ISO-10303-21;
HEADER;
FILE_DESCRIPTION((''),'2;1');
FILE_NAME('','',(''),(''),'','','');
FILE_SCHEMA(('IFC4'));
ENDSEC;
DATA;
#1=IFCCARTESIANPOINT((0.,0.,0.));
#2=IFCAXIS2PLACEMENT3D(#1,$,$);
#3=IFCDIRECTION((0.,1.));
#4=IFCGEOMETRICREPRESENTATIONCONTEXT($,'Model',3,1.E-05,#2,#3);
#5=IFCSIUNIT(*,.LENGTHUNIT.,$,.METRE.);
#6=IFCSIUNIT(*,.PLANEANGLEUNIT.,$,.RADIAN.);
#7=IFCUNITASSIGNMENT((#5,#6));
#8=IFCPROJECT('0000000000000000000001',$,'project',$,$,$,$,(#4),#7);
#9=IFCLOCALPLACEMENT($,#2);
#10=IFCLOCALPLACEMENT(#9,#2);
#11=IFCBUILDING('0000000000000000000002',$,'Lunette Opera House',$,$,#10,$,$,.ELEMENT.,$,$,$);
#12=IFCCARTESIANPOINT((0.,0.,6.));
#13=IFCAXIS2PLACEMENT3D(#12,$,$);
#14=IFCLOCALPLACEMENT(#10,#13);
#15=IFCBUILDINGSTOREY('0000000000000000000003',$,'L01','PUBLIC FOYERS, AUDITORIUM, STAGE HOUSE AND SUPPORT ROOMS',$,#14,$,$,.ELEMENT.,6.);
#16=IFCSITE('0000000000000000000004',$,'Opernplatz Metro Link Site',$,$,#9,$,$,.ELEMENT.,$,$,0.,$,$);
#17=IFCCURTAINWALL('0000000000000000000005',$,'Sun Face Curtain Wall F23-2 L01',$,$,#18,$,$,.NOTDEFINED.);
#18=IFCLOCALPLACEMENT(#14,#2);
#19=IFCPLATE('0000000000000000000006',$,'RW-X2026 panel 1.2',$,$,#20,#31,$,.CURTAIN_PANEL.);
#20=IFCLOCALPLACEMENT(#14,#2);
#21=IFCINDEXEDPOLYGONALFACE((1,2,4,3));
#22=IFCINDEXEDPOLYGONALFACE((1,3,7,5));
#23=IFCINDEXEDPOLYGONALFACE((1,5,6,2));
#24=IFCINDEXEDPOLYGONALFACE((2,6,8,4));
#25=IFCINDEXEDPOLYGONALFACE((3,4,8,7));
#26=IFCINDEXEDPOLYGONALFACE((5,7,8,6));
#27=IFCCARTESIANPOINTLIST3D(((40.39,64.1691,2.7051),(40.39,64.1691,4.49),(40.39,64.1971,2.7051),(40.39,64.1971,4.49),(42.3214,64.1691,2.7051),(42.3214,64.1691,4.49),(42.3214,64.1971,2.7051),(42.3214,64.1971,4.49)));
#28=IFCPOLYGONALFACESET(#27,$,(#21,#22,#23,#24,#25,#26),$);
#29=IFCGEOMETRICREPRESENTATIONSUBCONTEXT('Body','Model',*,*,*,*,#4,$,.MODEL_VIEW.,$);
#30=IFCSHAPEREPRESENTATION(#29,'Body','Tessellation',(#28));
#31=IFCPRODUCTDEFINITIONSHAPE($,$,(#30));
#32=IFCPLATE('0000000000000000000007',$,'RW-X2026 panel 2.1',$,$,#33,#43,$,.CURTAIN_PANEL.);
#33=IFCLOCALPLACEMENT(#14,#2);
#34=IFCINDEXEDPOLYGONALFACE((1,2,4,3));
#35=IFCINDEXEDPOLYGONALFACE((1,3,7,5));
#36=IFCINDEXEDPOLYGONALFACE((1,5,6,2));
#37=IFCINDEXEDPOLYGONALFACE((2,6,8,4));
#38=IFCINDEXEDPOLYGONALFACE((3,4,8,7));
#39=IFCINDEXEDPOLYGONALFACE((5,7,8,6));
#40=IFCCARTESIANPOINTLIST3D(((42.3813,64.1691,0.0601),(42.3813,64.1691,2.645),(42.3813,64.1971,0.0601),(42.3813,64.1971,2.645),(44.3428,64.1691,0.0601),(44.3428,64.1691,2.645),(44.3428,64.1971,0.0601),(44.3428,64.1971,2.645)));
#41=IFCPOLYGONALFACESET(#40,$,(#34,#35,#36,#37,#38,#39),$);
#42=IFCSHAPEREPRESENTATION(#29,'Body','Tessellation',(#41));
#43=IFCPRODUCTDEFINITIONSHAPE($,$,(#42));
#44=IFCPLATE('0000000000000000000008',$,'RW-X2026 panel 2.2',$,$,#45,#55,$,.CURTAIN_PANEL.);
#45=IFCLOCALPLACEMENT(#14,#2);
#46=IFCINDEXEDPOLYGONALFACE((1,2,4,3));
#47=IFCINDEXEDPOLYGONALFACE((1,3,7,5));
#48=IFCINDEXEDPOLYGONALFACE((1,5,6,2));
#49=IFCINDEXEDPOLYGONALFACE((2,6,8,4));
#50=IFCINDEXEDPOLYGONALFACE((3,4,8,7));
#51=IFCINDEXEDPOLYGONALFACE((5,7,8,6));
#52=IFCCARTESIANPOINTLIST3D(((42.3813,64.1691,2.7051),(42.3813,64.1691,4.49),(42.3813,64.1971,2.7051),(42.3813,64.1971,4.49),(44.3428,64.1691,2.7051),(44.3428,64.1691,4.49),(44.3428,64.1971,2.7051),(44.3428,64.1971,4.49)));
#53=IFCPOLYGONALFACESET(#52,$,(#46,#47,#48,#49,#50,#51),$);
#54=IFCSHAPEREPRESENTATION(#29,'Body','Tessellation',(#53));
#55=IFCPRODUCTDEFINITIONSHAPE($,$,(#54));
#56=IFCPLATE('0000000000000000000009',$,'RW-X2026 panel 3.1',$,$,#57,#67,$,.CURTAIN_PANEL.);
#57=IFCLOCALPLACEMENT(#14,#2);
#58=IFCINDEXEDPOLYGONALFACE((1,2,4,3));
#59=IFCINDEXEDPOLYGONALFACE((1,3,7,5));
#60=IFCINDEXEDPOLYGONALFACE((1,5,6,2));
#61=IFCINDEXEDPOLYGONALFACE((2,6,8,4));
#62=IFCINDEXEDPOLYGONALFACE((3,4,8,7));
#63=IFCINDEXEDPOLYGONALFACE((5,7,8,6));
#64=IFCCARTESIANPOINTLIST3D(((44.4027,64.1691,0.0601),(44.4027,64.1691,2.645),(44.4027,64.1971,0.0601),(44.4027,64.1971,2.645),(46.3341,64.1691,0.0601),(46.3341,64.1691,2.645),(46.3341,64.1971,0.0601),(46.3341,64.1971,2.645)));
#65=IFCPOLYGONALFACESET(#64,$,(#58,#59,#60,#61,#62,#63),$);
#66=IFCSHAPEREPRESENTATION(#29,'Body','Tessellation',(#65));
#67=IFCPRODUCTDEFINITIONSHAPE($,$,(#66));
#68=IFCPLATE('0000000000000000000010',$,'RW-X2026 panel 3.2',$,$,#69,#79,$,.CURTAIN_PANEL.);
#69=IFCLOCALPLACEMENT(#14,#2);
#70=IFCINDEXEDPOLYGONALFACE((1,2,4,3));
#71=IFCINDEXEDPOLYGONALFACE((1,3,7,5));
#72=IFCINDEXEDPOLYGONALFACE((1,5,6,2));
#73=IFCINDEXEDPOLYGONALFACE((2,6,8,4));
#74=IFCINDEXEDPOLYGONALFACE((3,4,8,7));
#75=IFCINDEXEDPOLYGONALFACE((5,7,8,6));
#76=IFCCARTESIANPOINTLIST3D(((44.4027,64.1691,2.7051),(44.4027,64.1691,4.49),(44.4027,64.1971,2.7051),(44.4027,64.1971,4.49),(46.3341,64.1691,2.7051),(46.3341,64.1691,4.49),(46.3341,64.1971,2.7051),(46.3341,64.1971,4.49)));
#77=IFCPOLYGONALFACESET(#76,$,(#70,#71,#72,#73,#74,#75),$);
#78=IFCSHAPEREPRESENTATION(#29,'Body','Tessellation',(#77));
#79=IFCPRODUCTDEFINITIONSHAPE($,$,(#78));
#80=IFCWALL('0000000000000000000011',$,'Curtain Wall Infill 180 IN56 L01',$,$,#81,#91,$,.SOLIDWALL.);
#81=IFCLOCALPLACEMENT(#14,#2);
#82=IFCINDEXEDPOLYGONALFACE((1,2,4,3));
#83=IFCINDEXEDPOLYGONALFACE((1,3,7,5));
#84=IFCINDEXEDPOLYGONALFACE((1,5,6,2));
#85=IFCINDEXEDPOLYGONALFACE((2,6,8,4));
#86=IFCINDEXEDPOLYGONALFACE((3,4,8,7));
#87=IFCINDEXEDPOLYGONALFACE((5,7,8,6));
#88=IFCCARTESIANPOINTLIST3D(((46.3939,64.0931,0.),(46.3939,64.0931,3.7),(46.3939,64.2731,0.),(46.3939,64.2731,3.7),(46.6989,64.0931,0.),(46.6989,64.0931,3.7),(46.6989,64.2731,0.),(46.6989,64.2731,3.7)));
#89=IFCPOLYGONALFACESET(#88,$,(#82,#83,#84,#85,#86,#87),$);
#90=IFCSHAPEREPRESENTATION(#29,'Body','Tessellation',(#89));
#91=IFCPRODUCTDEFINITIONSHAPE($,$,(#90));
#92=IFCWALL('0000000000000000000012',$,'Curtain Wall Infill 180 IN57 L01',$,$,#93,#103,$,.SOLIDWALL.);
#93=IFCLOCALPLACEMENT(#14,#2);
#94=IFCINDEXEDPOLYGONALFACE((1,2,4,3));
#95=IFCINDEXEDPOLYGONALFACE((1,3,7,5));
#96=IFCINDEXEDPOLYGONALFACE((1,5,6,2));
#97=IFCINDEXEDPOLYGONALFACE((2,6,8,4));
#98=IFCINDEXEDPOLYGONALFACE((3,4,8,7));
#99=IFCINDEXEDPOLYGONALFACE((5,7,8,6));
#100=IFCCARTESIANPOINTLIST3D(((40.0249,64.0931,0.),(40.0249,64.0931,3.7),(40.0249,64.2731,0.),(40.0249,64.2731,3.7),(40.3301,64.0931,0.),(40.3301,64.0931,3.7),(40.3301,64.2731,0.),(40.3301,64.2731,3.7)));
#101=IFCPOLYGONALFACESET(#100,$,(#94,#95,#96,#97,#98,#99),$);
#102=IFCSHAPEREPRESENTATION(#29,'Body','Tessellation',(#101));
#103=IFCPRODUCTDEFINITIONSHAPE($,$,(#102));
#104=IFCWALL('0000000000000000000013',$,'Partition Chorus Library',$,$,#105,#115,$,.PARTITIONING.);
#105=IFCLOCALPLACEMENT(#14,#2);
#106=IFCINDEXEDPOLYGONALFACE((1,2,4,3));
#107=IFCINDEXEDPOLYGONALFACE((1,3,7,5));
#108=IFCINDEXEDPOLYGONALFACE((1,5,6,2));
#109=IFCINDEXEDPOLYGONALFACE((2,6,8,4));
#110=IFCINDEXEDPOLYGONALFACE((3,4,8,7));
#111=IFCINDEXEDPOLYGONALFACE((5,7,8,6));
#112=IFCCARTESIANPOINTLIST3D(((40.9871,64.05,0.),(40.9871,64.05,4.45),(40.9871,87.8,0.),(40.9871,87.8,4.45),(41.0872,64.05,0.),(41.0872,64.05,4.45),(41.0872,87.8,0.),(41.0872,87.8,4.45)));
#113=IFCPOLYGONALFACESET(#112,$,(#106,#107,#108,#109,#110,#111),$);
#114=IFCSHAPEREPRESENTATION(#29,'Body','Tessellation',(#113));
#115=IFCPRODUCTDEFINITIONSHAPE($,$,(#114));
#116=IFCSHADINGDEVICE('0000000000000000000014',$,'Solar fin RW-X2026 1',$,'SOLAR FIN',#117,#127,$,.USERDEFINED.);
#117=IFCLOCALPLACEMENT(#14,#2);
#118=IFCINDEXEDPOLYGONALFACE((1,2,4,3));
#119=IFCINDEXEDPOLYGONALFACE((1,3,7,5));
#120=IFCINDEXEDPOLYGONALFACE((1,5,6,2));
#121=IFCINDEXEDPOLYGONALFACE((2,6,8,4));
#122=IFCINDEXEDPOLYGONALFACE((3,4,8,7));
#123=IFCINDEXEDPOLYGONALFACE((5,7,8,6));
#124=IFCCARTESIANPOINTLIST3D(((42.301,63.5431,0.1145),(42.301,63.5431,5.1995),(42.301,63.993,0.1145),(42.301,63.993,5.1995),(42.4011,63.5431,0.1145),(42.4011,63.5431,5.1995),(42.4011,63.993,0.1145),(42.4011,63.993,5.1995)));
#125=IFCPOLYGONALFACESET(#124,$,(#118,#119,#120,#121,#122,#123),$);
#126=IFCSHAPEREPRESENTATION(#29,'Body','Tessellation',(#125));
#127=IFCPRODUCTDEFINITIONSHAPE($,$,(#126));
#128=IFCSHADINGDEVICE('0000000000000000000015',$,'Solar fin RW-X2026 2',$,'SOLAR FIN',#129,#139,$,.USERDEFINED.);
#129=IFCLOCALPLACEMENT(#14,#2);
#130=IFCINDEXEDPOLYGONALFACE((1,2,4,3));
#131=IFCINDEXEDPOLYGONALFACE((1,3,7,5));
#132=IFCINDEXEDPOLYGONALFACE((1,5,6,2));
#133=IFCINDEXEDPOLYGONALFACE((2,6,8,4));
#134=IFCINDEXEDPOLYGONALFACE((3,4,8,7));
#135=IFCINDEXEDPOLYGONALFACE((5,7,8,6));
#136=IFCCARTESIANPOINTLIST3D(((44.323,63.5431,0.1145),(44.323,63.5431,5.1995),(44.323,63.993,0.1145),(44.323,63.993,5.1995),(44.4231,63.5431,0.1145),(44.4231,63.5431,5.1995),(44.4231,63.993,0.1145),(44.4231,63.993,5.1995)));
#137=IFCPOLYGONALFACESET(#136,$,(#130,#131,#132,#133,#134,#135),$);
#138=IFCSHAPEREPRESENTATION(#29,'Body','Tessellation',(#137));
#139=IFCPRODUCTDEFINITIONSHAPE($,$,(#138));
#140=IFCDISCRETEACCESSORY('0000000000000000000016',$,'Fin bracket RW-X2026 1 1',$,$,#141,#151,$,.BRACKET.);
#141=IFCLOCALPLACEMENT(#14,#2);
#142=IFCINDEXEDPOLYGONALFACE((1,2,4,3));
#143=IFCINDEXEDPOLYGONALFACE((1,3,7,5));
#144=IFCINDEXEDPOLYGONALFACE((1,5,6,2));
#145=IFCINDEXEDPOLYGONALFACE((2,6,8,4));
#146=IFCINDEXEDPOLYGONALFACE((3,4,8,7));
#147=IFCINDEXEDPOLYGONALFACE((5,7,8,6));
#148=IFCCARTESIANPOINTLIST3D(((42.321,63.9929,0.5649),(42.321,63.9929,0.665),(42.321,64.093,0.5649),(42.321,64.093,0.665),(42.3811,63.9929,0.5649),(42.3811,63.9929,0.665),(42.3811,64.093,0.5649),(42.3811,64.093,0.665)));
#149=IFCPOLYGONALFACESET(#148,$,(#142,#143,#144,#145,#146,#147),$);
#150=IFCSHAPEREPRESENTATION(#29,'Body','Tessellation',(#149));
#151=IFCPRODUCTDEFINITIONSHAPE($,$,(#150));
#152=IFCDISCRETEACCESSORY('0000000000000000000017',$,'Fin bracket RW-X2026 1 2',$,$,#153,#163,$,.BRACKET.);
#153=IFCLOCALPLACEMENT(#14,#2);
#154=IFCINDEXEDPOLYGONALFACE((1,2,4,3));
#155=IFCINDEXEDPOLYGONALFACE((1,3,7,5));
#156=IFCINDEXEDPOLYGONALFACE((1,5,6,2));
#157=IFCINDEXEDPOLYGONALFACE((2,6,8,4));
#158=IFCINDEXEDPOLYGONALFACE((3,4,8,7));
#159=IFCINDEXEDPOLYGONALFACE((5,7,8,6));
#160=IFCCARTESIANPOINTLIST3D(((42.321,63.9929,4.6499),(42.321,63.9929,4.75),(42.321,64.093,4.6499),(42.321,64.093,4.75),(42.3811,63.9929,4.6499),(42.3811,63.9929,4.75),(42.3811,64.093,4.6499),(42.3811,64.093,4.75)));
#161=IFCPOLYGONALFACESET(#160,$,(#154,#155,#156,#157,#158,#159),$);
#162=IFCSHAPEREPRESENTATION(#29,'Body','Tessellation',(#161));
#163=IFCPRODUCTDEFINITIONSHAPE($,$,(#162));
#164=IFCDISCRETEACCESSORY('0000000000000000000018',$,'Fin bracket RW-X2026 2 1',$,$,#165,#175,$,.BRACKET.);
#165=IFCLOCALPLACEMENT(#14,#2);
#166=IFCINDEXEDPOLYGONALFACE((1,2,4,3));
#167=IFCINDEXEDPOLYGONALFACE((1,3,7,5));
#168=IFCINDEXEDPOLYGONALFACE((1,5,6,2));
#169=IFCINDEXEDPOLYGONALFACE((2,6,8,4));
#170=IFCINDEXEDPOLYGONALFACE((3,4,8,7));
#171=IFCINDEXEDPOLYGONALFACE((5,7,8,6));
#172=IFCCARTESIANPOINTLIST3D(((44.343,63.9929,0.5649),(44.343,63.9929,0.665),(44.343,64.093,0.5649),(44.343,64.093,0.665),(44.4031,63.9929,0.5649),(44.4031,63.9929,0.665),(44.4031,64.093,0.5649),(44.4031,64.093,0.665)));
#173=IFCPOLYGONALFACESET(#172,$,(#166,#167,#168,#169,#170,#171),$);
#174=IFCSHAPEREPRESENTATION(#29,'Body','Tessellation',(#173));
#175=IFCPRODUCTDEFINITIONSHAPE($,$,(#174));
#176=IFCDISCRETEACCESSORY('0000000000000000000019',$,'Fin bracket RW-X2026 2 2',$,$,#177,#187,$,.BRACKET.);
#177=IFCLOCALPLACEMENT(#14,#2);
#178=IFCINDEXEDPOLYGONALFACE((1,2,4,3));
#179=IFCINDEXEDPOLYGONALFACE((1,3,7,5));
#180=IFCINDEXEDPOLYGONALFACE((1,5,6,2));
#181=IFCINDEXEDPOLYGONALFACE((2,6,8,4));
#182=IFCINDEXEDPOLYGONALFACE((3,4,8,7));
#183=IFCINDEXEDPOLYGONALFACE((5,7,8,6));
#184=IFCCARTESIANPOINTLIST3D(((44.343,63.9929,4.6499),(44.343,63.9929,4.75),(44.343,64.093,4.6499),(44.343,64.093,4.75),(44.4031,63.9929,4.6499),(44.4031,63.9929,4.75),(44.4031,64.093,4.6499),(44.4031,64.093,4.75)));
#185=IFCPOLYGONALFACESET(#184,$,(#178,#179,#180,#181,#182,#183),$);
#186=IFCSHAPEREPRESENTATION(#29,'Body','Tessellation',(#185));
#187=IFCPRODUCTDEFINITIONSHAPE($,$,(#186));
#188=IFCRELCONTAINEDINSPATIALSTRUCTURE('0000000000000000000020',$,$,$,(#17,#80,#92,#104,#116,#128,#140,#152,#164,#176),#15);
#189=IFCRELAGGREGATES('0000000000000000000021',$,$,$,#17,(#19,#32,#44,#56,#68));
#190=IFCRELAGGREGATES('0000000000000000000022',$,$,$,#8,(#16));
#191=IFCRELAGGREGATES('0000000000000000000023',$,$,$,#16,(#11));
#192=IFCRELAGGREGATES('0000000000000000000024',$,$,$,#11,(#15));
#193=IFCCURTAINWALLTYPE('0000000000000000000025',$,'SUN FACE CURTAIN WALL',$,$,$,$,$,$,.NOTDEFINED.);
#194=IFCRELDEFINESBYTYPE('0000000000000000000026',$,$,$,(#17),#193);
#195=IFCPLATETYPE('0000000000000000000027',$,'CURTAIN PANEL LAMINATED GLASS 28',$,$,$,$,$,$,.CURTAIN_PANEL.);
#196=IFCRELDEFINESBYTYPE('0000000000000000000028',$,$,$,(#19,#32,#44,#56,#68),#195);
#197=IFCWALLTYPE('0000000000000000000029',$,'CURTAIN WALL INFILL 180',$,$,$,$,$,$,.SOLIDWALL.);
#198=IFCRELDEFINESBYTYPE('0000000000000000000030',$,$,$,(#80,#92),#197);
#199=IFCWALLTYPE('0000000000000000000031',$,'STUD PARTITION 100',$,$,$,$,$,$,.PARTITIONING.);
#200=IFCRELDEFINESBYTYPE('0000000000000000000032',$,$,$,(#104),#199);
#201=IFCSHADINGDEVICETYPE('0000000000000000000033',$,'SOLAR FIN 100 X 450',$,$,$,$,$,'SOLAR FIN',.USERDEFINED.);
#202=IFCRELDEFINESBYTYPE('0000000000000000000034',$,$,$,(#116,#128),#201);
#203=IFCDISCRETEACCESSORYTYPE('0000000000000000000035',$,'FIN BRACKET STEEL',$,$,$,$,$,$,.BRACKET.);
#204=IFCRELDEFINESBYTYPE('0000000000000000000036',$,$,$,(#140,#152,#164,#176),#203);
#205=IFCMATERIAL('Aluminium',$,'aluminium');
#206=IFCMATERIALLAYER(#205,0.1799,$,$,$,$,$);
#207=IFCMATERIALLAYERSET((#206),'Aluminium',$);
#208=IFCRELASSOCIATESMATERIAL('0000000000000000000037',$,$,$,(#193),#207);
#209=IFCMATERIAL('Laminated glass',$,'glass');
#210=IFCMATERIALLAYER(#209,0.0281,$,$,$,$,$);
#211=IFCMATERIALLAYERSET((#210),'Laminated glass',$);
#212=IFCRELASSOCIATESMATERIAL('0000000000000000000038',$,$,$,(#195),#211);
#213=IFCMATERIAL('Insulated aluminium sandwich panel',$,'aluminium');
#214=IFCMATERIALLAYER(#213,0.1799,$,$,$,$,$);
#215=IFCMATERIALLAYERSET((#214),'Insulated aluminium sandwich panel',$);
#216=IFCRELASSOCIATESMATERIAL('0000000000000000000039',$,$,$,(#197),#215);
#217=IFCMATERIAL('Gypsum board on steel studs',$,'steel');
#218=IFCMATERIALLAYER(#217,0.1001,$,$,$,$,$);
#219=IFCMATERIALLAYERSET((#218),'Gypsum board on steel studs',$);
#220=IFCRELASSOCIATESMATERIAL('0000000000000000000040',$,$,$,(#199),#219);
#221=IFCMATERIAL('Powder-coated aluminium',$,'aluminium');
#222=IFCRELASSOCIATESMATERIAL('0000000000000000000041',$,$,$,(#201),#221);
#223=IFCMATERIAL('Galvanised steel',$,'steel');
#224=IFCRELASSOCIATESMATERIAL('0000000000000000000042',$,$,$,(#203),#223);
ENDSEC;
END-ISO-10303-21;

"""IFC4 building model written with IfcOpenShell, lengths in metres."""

from ifc_helpers import new_model, si_unit, direction, frame, frame_2d, origin, origin_2d, place, context, subcontext, project, spatial, rectangle, extrude, material, layer, layer_set, type_object, element, aggregate, save


model = new_model("IFC4")

# Units and contexts
model_context = context("Model", 3, precision=1e-05, world=origin(), true_north=direction((0.0, 1.0)))
body_context = subcontext(model_context, "Body", "Model", "MODEL_VIEW")
ifc_project = project(units=[si_unit("LENGTHUNIT", "METRE"), si_unit("PLANEANGLEUNIT", "RADIAN")], contexts=[model_context])

# Site, building, storey
site_placement = place(None, origin())
site = spatial("IfcSite", under=ifc_project, at=site_placement, Name="Opernplatz Metro Link Site", CompositionType="ELEMENT", RefElevation=0.0)
building_placement = place(site_placement, origin())
building = spatial("IfcBuilding", under=site, at=building_placement, Name="Lunette Opera House", CompositionType="ELEMENT")
storey_placement = place(building_placement, frame((0.0, 0.0, 6.0)))
storey = spatial("IfcBuildingStorey", under=building, at=storey_placement, Name="L01", Description="PUBLIC FOYERS, AUDITORIUM, STAGE HOUSE AND SUPPORT ROOMS", CompositionType="ELEMENT", Elevation=6.0)

# Curtain wall, plates
ifc_material_1 = material(Name="Aluminium", Category="aluminium")
ifc_layer_1 = layer(ifc_material_1, 0.1799)
ifc_layer_set_1 = layer_set([ifc_layer_1], Name="Aluminium")
curtain_wall_type = type_object("IfcCurtainWallType", Name="SUN FACE CURTAIN WALL", PredefinedType="NOTDEFINED", material=ifc_layer_set_1)
curtain_wall_placement = place(storey_placement, origin())
curtain_wall = element("IfcCurtainWall", 1, at=curtain_wall_placement, inside=storey, type_object=curtain_wall_type, Name="Sun Face Curtain Wall F23-2 L01", PredefinedType="NOTDEFINED")
ifc_material_2 = material(Name="Laminated glass", Category="glass")
ifc_layer_2 = layer(ifc_material_2, 0.0281)
ifc_layer_set_2 = layer_set([ifc_layer_2], Name="Laminated glass")
plate_type = type_object("IfcPlateType", Name="CURTAIN PANEL LAMINATED GLASS 28", PredefinedType="CURTAIN_PANEL", material=ifc_layer_set_2)
plate_1_placement = place(storey_placement, frame((41.3557, 64.1831, 2.7051), z_axis=(0.0, 0.0, 1.0), x_axis=(1.0, 0.0, 0.0)))
plate_1 = element("IfcPlate", 2, at=plate_1_placement, type_object=plate_type, Name="RW-X2026 panel 1.2", PredefinedType="CURTAIN_PANEL", context=body_context, shape_type="SweptSolid", body=[
    extrude(rectangle(XDim=1.9314, YDim=0.0281, at=origin_2d()), origin(), (0.0, 0.0, 1.0), 1.7849),
])
plate_2_placement = place(storey_placement, frame((43.3621, 64.1831, 0.0601), z_axis=(0.0, 0.0, 1.0), x_axis=(1.0, 0.0, 0.0)))
plate_2 = element("IfcPlate", 3, at=plate_2_placement, type_object=plate_type, Name="RW-X2026 panel 2.1", PredefinedType="CURTAIN_PANEL", context=body_context, shape_type="SweptSolid", body=[
    extrude(rectangle(XDim=1.9614, YDim=0.0281, at=origin_2d()), origin(), (0.0, 0.0, 1.0), 2.585),
])
plate_3_placement = place(storey_placement, frame((43.3621, 64.1831, 2.7051), z_axis=(0.0, 0.0, 1.0), x_axis=(1.0, 0.0, 0.0)))
plate_3 = element("IfcPlate", 4, at=plate_3_placement, type_object=plate_type, Name="RW-X2026 panel 2.2", PredefinedType="CURTAIN_PANEL", context=body_context, shape_type="SweptSolid", body=[
    extrude(rectangle(XDim=1.9614, YDim=0.0281, at=origin_2d()), origin(), (0.0, 0.0, 1.0), 1.7849),
])
plate_4_placement = place(storey_placement, frame((45.3684, 64.1831, 0.0601), z_axis=(0.0, 0.0, 1.0), x_axis=(1.0, 0.0, 0.0)))
plate_4 = element("IfcPlate", 5, at=plate_4_placement, type_object=plate_type, Name="RW-X2026 panel 3.1", PredefinedType="CURTAIN_PANEL", context=body_context, shape_type="SweptSolid", body=[
    extrude(rectangle(XDim=1.9314, YDim=0.0281, at=origin_2d()), origin(), (0.0, 0.0, 1.0), 2.585),
])
plate_5_placement = place(storey_placement, frame((45.3684, 64.1831, 2.7051), z_axis=(0.0, 0.0, 1.0), x_axis=(1.0, 0.0, 0.0)))
plate_5 = element("IfcPlate", 6, at=plate_5_placement, type_object=plate_type, Name="RW-X2026 panel 3.2", PredefinedType="CURTAIN_PANEL", context=body_context, shape_type="SweptSolid", body=[
    extrude(rectangle(XDim=1.9314, YDim=0.0281, at=origin_2d()), origin(), (0.0, 0.0, 1.0), 1.7849),
])
aggregate(curtain_wall, [plate_1, plate_2, plate_3, plate_4, plate_5])

# Walls
ifc_material_3 = material(Name="Insulated aluminium sandwich panel", Category="aluminium")
ifc_layer_3 = layer(ifc_material_3, 0.1799)
ifc_layer_set_3 = layer_set([ifc_layer_3], Name="Insulated aluminium sandwich panel")
wall_type_1 = type_object("IfcWallType", Name="CURTAIN WALL INFILL 180", PredefinedType="SOLIDWALL", material=ifc_layer_set_3)
wall_1_placement = place(storey_placement, frame((46.394, 64.1831, 0.0), z_axis=(0.0, 0.0, 1.0), x_axis=(1.0, 0.0, 0.0)))
element("IfcWall", 7, at=wall_1_placement, inside=storey, type_object=wall_type_1, Name="Curtain Wall Infill 180 IN56 L01", PredefinedType="SOLIDWALL", context=body_context, shape_type="SweptSolid", body=[
    extrude(rectangle(XDim=0.3049, YDim=0.1799, at=frame_2d((0.1523, 0.0))), origin(), (0.0, 0.0, 1.0), 3.7),
])
wall_2_placement = place(storey_placement, frame((40.3301, 64.1831, 0.0), z_axis=(0.0, 0.0, 1.0), x_axis=(-1.0, 0.0, 0.0)))
element("IfcWall", 8, at=wall_2_placement, inside=storey, type_object=wall_type_1, Name="Curtain Wall Infill 180 IN57 L01", PredefinedType="SOLIDWALL", context=body_context, shape_type="SweptSolid", body=[
    extrude(rectangle(XDim=0.3052, YDim=0.1799, at=frame_2d((0.1526, 0.0))), origin(), (0.0, 0.0, 1.0), 3.7),
])
ifc_material_4 = material(Name="Gypsum board on steel studs", Category="steel")
ifc_layer_4 = layer(ifc_material_4, 0.1001)
ifc_layer_set_4 = layer_set([ifc_layer_4], Name="Gypsum board on steel studs")
wall_type_2 = type_object("IfcWallType", Name="STUD PARTITION 100", PredefinedType="PARTITIONING", material=ifc_layer_set_4)
wall_3_placement = place(storey_placement, frame((41.0371, 64.05, 0.0), z_axis=(0.0, 0.0, 1.0), x_axis=(0.0, 1.0, 0.0)))
element("IfcWall", 9, at=wall_3_placement, inside=storey, type_object=wall_type_2, Name="Partition Chorus Library", PredefinedType="PARTITIONING", context=body_context, shape_type="SweptSolid", body=[
    extrude(rectangle(XDim=23.75, YDim=0.1001, at=frame_2d((11.875, 0.0))), origin(), (0.0, 0.0, 1.0), 4.45),
])

# Shading devices
ifc_material_5 = material(Name="Powder-coated aluminium", Category="aluminium")
shading_device_type = type_object("IfcShadingDeviceType", Name="SOLAR FIN 100 X 450", ElementType="SOLAR FIN", PredefinedType="USERDEFINED", material=ifc_material_5)
for number, where, z_axis, x_axis, name in (
    (10, (42.3511, 63.7681, 0.1145), (0.0, 0.0, 1.0), (0.0, -1.0, 0.0), "Solar fin RW-X2026 1"),
    (11, (44.373, 63.7681, 0.1145), (0.0, 0.0, 1.0), (0.0, -1.0, 0.0), "Solar fin RW-X2026 2"),
):
    element("IfcShadingDevice", number, at=place(storey_placement, frame(where, z_axis=z_axis, x_axis=x_axis)), inside=storey, type_object=shading_device_type, Name=name, ObjectType="SOLAR FIN", PredefinedType="USERDEFINED", context=body_context, shape_type="SweptSolid", body=[
        extrude(rectangle(XDim=0.45, YDim=0.1001, at=origin_2d()), origin(), (0.0, 0.0, 1.0), 5.085),
    ])

# Discrete accessories
ifc_material_6 = material(Name="Galvanised steel", Category="steel")
discrete_accessory_type = type_object("IfcDiscreteAccessoryType", Name="FIN BRACKET STEEL", PredefinedType="BRACKET", material=ifc_material_6)
for number, where, z_axis, x_axis, name in (
    (12, (42.3511, 64.043, 0.5649), (0.0, 0.0, 1.0), (0.0, -1.0, 0.0), "Fin bracket RW-X2026 1 1"),
    (13, (42.3511, 64.043, 4.6499), (0.0, 0.0, 1.0), (0.0, -1.0, 0.0), "Fin bracket RW-X2026 1 2"),
    (14, (44.373, 64.043, 0.5649), (0.0, 0.0, 1.0), (0.0, -1.0, 0.0), "Fin bracket RW-X2026 2 1"),
    (15, (44.373, 64.043, 4.6499), (0.0, 0.0, 1.0), (0.0, -1.0, 0.0), "Fin bracket RW-X2026 2 2"),
):
    element("IfcDiscreteAccessory", number, at=place(storey_placement, frame(where, z_axis=z_axis, x_axis=x_axis)), inside=storey, type_object=discrete_accessory_type, Name=name, PredefinedType="BRACKET", context=body_context, shape_type="SweptSolid", body=[
        extrude(rectangle(XDim=0.1001, YDim=0.0601, at=origin_2d()), origin(), (0.0, 0.0, 1.0), 0.1001),
    ])

save(model, "model.ifc")
